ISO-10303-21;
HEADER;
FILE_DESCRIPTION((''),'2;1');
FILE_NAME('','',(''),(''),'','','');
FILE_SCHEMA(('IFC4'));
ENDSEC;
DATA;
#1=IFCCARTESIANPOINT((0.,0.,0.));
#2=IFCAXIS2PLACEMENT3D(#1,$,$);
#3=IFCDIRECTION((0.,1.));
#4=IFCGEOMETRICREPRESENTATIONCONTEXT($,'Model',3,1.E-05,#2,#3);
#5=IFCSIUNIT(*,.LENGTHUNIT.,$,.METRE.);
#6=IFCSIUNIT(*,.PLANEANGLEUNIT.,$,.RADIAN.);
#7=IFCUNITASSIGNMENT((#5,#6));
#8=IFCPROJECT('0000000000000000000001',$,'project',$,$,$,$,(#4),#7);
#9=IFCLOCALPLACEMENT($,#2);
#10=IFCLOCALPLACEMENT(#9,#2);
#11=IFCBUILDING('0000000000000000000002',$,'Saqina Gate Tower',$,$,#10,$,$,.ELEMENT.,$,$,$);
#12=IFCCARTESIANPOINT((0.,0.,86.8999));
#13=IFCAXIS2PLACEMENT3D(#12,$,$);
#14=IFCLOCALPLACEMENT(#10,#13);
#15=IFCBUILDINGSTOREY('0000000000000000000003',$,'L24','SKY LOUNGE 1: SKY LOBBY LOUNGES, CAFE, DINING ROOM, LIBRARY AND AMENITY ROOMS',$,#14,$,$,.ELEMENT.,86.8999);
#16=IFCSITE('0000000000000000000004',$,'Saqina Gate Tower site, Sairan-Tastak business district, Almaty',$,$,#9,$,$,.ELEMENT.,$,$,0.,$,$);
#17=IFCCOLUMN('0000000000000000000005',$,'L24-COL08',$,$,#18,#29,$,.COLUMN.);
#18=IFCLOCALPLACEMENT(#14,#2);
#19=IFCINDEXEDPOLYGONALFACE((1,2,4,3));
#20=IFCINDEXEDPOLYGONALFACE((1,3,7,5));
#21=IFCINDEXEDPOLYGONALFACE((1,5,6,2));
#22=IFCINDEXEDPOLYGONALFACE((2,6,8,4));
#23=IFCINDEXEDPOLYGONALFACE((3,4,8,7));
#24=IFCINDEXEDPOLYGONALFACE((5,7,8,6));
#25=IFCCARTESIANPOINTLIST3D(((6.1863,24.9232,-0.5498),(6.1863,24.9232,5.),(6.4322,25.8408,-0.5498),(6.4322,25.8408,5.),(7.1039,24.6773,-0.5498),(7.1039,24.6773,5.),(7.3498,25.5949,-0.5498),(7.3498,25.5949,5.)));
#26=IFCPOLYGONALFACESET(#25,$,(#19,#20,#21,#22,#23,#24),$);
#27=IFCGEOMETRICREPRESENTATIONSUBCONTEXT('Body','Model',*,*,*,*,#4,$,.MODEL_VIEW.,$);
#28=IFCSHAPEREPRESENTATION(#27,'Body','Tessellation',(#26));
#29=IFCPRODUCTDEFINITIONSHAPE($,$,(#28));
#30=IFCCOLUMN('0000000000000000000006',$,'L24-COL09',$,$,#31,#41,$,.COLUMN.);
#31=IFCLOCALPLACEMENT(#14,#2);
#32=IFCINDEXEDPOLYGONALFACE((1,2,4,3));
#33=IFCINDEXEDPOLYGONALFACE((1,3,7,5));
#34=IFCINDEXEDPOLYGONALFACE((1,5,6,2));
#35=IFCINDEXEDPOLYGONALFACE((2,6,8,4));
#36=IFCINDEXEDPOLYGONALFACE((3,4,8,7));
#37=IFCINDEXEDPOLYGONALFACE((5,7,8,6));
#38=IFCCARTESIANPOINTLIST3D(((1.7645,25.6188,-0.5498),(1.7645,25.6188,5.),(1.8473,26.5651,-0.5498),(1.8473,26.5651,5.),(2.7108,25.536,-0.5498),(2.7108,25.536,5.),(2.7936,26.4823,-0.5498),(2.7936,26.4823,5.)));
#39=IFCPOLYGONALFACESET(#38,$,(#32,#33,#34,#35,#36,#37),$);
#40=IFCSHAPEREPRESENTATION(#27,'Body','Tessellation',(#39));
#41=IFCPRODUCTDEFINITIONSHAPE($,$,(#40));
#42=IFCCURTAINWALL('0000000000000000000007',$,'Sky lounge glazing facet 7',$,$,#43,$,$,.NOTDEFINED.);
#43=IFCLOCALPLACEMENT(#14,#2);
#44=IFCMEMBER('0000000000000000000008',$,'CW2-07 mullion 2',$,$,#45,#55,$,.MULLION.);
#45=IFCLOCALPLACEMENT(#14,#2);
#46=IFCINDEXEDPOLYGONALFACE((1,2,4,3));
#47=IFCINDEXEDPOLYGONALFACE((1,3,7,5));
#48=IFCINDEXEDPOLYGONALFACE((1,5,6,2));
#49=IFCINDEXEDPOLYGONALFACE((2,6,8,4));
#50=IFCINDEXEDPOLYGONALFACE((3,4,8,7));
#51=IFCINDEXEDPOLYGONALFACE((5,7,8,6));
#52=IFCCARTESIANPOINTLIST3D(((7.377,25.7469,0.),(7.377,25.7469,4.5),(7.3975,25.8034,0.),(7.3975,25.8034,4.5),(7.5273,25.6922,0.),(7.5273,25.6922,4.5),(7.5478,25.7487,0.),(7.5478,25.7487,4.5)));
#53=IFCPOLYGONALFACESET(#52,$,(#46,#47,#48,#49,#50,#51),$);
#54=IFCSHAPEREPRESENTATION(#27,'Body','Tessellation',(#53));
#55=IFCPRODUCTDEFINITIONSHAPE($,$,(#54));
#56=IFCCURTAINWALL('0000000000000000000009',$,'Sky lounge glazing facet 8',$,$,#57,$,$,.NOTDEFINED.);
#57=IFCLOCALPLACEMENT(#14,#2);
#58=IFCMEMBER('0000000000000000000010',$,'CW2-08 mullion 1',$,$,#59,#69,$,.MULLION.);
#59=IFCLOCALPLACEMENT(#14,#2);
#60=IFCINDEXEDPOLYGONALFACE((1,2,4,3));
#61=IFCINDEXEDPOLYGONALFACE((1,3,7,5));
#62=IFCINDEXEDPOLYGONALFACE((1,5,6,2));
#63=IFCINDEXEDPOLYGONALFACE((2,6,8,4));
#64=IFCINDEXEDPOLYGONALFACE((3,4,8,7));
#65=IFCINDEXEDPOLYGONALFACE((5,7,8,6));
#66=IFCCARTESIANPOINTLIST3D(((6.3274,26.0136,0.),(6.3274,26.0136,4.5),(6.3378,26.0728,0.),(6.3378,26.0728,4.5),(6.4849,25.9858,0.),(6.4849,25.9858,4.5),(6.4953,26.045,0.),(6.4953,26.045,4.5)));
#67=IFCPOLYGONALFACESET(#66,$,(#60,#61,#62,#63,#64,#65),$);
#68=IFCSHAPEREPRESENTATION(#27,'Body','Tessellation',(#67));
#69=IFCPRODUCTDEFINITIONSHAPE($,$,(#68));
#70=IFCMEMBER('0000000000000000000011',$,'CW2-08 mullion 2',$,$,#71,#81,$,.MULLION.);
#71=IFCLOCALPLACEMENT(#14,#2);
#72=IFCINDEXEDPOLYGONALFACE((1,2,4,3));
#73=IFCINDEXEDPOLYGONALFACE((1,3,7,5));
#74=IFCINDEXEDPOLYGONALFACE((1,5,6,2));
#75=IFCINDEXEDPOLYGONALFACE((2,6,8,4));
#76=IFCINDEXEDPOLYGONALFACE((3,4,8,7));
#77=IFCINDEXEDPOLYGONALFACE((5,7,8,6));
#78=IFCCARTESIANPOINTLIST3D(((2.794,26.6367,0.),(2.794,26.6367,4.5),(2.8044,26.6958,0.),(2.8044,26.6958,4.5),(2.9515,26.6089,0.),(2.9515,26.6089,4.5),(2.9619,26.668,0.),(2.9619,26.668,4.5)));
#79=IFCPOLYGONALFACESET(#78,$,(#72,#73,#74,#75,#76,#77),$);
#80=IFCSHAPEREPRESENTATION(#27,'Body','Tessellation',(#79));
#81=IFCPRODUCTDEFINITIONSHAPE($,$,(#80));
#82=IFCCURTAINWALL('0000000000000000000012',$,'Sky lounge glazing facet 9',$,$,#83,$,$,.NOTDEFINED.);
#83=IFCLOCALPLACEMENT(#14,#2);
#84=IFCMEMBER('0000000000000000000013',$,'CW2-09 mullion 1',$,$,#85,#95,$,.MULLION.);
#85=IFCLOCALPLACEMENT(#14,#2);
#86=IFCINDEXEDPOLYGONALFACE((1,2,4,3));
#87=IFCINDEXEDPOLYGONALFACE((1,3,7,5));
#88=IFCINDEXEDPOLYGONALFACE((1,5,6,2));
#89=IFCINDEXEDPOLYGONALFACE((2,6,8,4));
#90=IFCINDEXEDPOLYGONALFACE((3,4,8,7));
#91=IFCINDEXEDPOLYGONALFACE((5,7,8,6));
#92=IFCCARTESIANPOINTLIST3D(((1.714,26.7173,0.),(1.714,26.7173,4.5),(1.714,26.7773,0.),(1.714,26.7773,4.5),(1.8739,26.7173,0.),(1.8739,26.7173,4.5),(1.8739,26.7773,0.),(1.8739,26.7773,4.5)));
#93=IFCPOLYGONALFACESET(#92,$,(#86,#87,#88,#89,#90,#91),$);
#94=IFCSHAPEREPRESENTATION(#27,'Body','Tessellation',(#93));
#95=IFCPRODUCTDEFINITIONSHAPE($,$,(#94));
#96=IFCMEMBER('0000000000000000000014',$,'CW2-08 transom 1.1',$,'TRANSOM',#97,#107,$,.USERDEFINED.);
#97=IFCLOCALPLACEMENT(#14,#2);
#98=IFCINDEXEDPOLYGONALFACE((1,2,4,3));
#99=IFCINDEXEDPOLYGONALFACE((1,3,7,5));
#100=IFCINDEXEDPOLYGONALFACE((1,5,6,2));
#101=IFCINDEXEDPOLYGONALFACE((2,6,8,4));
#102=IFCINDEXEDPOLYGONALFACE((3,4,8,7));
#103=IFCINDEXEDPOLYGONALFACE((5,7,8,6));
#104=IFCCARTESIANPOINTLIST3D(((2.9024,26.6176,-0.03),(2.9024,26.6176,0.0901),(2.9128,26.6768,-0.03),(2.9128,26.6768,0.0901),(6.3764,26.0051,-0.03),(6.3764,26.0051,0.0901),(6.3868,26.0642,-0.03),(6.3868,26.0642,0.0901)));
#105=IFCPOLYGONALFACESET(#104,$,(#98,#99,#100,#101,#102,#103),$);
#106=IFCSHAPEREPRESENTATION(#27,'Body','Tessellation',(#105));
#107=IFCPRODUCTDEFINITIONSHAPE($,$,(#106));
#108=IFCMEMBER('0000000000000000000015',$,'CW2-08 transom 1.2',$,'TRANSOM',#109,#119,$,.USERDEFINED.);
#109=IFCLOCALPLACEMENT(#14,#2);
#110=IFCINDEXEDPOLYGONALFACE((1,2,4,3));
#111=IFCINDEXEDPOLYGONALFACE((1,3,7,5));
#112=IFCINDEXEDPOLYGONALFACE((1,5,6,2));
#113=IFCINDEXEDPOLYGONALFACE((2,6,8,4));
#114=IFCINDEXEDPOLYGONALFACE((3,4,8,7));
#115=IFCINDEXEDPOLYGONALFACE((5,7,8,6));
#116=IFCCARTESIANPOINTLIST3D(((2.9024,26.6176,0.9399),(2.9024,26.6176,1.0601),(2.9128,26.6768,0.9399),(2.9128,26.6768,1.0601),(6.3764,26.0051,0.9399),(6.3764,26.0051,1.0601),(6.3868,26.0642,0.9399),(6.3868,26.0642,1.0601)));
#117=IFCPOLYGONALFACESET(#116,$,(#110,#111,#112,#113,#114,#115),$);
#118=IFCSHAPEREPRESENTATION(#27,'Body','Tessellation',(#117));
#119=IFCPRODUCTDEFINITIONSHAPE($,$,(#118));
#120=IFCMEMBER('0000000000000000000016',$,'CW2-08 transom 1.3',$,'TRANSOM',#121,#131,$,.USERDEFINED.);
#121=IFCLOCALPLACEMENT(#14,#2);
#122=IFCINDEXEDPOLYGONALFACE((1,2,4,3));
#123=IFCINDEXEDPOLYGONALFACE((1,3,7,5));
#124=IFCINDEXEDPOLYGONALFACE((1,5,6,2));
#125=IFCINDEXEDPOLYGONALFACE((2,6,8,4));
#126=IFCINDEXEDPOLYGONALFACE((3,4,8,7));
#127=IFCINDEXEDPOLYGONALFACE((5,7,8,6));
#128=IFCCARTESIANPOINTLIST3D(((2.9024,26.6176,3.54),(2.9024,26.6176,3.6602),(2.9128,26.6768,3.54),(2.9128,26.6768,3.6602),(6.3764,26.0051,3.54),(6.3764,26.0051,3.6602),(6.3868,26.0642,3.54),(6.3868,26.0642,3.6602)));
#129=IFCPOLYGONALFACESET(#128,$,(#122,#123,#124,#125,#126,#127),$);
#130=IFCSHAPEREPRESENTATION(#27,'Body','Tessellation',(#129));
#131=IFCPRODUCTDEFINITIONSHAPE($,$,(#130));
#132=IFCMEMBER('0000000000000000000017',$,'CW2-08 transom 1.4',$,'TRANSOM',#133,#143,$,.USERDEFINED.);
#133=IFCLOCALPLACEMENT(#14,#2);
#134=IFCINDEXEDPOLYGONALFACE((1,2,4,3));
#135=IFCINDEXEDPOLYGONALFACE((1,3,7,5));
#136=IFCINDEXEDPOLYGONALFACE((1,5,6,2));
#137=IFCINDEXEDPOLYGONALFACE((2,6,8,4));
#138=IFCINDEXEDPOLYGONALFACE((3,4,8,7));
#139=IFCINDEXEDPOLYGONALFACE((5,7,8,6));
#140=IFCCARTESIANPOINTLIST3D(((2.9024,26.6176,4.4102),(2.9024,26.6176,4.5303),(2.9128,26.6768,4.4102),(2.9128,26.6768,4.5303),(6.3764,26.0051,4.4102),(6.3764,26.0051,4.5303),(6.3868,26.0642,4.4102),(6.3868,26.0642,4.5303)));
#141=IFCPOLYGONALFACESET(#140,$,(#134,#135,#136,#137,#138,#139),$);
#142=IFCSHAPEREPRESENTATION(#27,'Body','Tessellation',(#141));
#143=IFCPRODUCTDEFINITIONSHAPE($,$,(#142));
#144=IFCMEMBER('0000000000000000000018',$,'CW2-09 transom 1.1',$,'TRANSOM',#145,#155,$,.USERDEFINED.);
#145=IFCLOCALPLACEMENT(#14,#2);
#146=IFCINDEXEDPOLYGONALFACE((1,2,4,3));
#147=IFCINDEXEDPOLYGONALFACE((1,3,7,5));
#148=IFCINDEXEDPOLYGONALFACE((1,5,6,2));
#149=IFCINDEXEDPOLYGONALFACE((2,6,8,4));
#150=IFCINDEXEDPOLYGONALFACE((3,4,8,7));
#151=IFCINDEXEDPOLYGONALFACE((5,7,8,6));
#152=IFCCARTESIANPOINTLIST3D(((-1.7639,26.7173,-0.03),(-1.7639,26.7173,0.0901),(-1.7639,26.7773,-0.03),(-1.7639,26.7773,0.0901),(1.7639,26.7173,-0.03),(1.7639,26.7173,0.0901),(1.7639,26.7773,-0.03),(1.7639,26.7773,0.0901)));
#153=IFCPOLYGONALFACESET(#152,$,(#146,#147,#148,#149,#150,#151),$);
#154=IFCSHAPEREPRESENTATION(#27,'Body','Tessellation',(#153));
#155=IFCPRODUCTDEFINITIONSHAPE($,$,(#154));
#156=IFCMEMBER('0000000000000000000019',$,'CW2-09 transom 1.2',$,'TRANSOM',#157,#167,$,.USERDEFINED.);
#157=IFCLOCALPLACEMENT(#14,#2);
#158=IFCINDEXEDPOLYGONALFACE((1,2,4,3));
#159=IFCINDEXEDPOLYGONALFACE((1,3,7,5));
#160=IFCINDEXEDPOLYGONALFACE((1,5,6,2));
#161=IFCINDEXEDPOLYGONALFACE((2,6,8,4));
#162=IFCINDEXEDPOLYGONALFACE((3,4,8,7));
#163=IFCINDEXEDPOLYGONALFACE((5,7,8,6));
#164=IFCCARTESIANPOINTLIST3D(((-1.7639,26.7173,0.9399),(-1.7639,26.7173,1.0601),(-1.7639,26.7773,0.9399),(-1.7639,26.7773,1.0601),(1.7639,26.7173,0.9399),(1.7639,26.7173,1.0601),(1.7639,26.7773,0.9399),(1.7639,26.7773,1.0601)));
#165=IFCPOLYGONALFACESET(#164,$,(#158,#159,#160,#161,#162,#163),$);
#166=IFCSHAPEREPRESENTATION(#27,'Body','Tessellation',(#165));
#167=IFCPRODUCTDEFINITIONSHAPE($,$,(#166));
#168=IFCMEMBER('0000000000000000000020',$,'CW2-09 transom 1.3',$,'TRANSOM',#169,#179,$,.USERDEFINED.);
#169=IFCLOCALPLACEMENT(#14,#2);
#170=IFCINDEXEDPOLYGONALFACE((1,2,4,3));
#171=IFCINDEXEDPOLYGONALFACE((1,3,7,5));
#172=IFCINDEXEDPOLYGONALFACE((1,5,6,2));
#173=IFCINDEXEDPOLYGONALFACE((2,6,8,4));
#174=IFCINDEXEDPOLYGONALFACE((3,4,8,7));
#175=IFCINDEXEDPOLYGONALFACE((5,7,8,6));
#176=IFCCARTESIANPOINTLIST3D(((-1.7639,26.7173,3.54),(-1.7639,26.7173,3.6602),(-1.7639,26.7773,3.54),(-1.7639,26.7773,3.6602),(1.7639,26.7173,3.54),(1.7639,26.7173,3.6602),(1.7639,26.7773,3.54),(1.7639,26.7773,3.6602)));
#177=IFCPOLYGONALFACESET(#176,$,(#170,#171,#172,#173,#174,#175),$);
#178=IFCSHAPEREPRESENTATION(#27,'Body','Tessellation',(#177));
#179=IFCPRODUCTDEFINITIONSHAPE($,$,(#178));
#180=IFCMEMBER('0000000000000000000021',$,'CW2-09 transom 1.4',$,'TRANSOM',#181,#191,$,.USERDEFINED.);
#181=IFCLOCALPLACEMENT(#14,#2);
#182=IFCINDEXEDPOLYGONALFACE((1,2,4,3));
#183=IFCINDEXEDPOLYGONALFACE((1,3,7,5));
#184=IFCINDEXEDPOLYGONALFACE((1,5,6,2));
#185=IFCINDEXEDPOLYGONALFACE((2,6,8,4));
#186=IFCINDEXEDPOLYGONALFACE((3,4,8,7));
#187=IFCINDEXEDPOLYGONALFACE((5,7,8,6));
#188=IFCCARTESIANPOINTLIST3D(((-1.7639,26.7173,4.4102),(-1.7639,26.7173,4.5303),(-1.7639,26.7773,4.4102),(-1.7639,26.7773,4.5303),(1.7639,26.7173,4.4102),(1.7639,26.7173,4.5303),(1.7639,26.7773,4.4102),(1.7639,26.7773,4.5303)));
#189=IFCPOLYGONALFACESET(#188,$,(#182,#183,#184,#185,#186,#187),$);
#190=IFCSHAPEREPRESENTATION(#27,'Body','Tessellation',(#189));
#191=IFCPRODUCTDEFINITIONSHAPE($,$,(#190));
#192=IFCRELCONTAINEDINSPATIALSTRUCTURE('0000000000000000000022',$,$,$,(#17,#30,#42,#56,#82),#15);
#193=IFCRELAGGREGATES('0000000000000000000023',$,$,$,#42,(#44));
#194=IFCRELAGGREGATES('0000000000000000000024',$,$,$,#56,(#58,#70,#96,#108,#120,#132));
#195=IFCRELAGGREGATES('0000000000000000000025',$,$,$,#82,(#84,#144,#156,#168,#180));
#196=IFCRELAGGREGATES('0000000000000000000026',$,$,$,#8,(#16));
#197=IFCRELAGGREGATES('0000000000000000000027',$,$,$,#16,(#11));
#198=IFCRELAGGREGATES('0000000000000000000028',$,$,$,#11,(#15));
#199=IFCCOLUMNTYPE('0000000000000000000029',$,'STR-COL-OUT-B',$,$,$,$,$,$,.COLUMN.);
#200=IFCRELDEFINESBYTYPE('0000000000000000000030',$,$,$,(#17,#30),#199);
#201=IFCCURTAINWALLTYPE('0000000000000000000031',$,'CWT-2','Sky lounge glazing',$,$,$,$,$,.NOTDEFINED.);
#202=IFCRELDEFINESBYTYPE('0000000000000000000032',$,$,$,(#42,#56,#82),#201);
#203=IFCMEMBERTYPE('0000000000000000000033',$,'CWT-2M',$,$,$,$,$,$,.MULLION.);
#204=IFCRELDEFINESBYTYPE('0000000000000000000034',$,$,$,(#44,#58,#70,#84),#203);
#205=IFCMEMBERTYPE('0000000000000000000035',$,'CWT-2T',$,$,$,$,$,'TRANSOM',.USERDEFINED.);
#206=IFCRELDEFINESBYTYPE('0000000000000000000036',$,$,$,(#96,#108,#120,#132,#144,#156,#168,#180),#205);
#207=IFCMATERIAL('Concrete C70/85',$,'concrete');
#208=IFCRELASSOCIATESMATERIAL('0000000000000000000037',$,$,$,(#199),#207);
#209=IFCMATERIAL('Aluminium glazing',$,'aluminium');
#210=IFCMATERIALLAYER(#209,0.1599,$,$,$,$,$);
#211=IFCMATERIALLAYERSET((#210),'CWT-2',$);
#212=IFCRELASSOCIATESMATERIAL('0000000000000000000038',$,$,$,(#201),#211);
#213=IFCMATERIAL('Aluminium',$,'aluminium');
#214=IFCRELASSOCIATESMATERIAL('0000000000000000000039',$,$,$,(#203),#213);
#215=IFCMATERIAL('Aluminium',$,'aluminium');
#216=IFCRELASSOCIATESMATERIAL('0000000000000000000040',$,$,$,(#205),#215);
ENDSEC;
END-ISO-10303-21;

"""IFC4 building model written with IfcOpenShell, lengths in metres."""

from ifc_helpers import new_model, si_unit, direction, frame, origin, origin_2d, place, context, subcontext, project, spatial, rectangle, extrude, material, layer, layer_set, material_profile, profile_set, type_object, element, aggregate, save


model = new_model("IFC4")

# Units and contexts
model_context = context("Model", 3, precision=1e-05, world=origin(), true_north=direction((0.0, 1.0)))
body_context = subcontext(model_context, "Body", "Model", "MODEL_VIEW")
ifc_project = project(units=[si_unit("LENGTHUNIT", "METRE"), si_unit("PLANEANGLEUNIT", "RADIAN")], contexts=[model_context])

# Site, building, storey
site_placement = place(None, origin())
site = spatial("IfcSite", under=ifc_project, at=site_placement, Name="Saqina Gate Tower site, Sairan-Tastak business district, Almaty", CompositionType="ELEMENT", RefElevation=0.0)
building_placement = place(site_placement, origin())
building = spatial("IfcBuilding", under=site, at=building_placement, Name="Saqina Gate Tower", CompositionType="ELEMENT")
storey_placement = place(building_placement, frame((0.0, 0.0, 86.8999)))
storey = spatial("IfcBuildingStorey", under=building, at=storey_placement, Name="L24", Description="SKY LOUNGE 1: SKY LOBBY LOUNGES, CAFE, DINING ROOM, LIBRARY AND AMENITY ROOMS", CompositionType="ELEMENT", Elevation=86.8999)

# Columns
ifc_material_1 = material(Name="Concrete C70/85", Category="concrete")
ifc_material_profile_1 = material_profile(ifc_material_1, rectangle(XDim=0.95, YDim=0.95, at=origin_2d()), Name="RC 950x950")
ifc_profile_set_1 = profile_set([ifc_material_profile_1], Name="Concrete C70/85")
column_type = type_object("IfcColumnType", Name="STR-COL-OUT-B", PredefinedType="COLUMN", material=ifc_profile_set_1)
for number, where, z_axis, x_axis, name in (
    (1, (6.7681, 25.259, -0.5498), (0.0, 0.0, 1.0), (0.258819, 0.965926, 0.0), "L24-COL08"),
    (2, (2.2791, 26.0505, -0.5498), (0.0, 0.0, 1.0), (0.087156, 0.996195, 0.0), "L24-COL09"),
):
    element("IfcColumn", number, at=place(storey_placement, frame(where, z_axis=z_axis, x_axis=x_axis)), inside=storey, type_object=column_type, Name=name, PredefinedType="COLUMN", context=body_context, shape_type="SweptSolid", body=[
        extrude(rectangle(XDim=0.95, YDim=0.95, at=origin_2d()), origin(), (0.0, 0.0, 1.0), 5.5498),
    ])

# Curtain wall, member
ifc_material_2 = material(Name="Aluminium glazing", Category="aluminium")
ifc_layer_1 = layer(ifc_material_2, 0.1599)
ifc_layer_set_1 = layer_set([ifc_layer_1], Name="CWT-2")
curtain_wall_type = type_object("IfcCurtainWallType", Name="CWT-2", Description="Sky lounge glazing", PredefinedType="NOTDEFINED", material=ifc_layer_set_1)
curtain_wall_1_placement = place(storey_placement, origin())
curtain_wall_1 = element("IfcCurtainWall", 3, at=curtain_wall_1_placement, inside=storey, type_object=curtain_wall_type, Name="Sky lounge glazing facet 7", PredefinedType="NOTDEFINED")
ifc_material_3 = material(Name="Aluminium", Category="aluminium")
ifc_material_profile_2 = material_profile(ifc_material_3, rectangle(XDim=0.0601, YDim=0.1599, at=origin_2d()), Name="Aluminium 60x160")
ifc_profile_set_2 = profile_set([ifc_material_profile_2], Name="Aluminium")
member_type_1 = type_object("IfcMemberType", Name="CWT-2M", PredefinedType="MULLION", material=ifc_profile_set_2)
member_1_placement = place(storey_placement, frame((7.4624, 25.7478, 0.0), z_axis=(0.0, 0.0, 1.0), x_axis=(-0.342016, -0.939694, 0.0)))
member_1 = element("IfcMember", 4, at=member_1_placement, type_object=member_type_1, Name="CW2-07 mullion 2", PredefinedType="MULLION", context=body_context, shape_type="SweptSolid", body=[
    extrude(rectangle(XDim=0.0601, YDim=0.1599, at=origin_2d()), origin(), (0.0, 0.0, 1.0), 4.5),
])

# Curtain wall, members
curtain_wall_2_placement = place(storey_placement, origin())
curtain_wall_2 = element("IfcCurtainWall", 5, at=curtain_wall_2_placement, inside=storey, type_object=curtain_wall_type, Name="Sky lounge glazing facet 8", PredefinedType="NOTDEFINED")
member_2_placement = place(storey_placement, frame((6.4114, 26.0293, 0.0), z_axis=(0.0, 0.0, 1.0), x_axis=(-0.173638, -0.984809, 0.0)))
member_2 = element("IfcMember", 6, at=member_2_placement, type_object=member_type_1, Name="CW2-08 mullion 1", PredefinedType="MULLION", context=body_context, shape_type="SweptSolid", body=[
    extrude(rectangle(XDim=0.0601, YDim=0.1599, at=origin_2d()), origin(), (0.0, 0.0, 1.0), 4.5),
])
member_3_placement = place(storey_placement, frame((2.8779, 26.6523, 0.0), z_axis=(0.0, 0.0, 1.0), x_axis=(-0.173638, -0.984809, 0.0)))
member_3 = element("IfcMember", 7, at=member_3_placement, type_object=member_type_1, Name="CW2-08 mullion 2", PredefinedType="MULLION", context=body_context, shape_type="SweptSolid", body=[
    extrude(rectangle(XDim=0.0601, YDim=0.1599, at=origin_2d()), origin(), (0.0, 0.0, 1.0), 4.5),
])

# Curtain wall, member
curtain_wall_3_placement = place(storey_placement, origin())
curtain_wall_3 = element("IfcCurtainWall", 8, at=curtain_wall_3_placement, inside=storey, type_object=curtain_wall_type, Name="Sky lounge glazing facet 9", PredefinedType="NOTDEFINED")
member_4_placement = place(storey_placement, frame((1.7939, 26.7473, 0.0), z_axis=(0.0, 0.0, 1.0), x_axis=(0.0, -1.0, 0.0)))
member_4 = element("IfcMember", 9, at=member_4_placement, type_object=member_type_1, Name="CW2-09 mullion 1", PredefinedType="MULLION", context=body_context, shape_type="SweptSolid", body=[
    extrude(rectangle(XDim=0.0601, YDim=0.1599, at=origin_2d()), origin(), (0.0, 0.0, 1.0), 4.5),
])

# Members
ifc_material_4 = material(Name="Aluminium", Category="aluminium")
ifc_material_profile_3 = material_profile(ifc_material_4, rectangle(XDim=0.0601, YDim=0.1201, at=origin_2d()), Name="Aluminium 60x120")
ifc_profile_set_3 = profile_set([ifc_material_profile_3], Name="Aluminium")
member_type_2 = type_object("IfcMemberType", Name="CWT-2T", ElementType="TRANSOM", PredefinedType="USERDEFINED", material=ifc_profile_set_3)
member_5_placement = place(storey_placement, frame((6.3816, 26.0347, 0.03), z_axis=(-0.984809, 0.173639, 0.0), x_axis=(-0.173639, -0.984809, 0.0)))
member_5 = element("IfcMember", 10, at=member_5_placement, type_object=member_type_2, Name="CW2-08 transom 1.1", ObjectType="TRANSOM", PredefinedType="USERDEFINED", context=body_context, shape_type="SweptSolid", body=[
    extrude(rectangle(XDim=0.0601, YDim=0.1201, at=origin_2d()), origin(), (0.0, 0.0, 1.0), 3.5276),
])
member_6_placement = place(storey_placement, frame((6.3816, 26.0347, 1.0), z_axis=(-0.984809, 0.173639, 0.0), x_axis=(-0.173639, -0.984809, 0.0)))
member_6 = element("IfcMember", 11, at=member_6_placement, type_object=member_type_2, Name="CW2-08 transom 1.2", ObjectType="TRANSOM", PredefinedType="USERDEFINED", context=body_context, shape_type="SweptSolid", body=[
    extrude(rectangle(XDim=0.0601, YDim=0.1201, at=origin_2d()), origin(), (0.0, 0.0, 1.0), 3.5276),
])
member_7_placement = place(storey_placement, frame((6.3816, 26.0347, 3.6001), z_axis=(-0.984809, 0.173639, 0.0), x_axis=(-0.173639, -0.984809, 0.0)))
member_7 = element("IfcMember", 12, at=member_7_placement, type_object=member_type_2, Name="CW2-08 transom 1.3", ObjectType="TRANSOM", PredefinedType="USERDEFINED", context=body_context, shape_type="SweptSolid", body=[
    extrude(rectangle(XDim=0.0601, YDim=0.1201, at=origin_2d()), origin(), (0.0, 0.0, 1.0), 3.5276),
])
member_8_placement = place(storey_placement, frame((6.3816, 26.0347, 4.4702), z_axis=(-0.984809, 0.173639, 0.0), x_axis=(-0.173639, -0.984809, 0.0)))
member_8 = element("IfcMember", 13, at=member_8_placement, type_object=member_type_2, Name="CW2-08 transom 1.4", ObjectType="TRANSOM", PredefinedType="USERDEFINED", context=body_context, shape_type="SweptSolid", body=[
    extrude(rectangle(XDim=0.0601, YDim=0.1201, at=origin_2d()), origin(), (0.0, 0.0, 1.0), 3.5276),
])
member_9_placement = place(storey_placement, frame((1.7639, 26.7473, 0.03), z_axis=(-1.0, 0.0, 0.0), x_axis=(0.0, -1.0, 0.0)))
member_9 = element("IfcMember", 14, at=member_9_placement, type_object=member_type_2, Name="CW2-09 transom 1.1", ObjectType="TRANSOM", PredefinedType="USERDEFINED", context=body_context, shape_type="SweptSolid", body=[
    extrude(rectangle(XDim=0.0601, YDim=0.1201, at=origin_2d()), origin(), (0.0, 0.0, 1.0), 3.5278),
])
member_10_placement = place(storey_placement, frame((1.7639, 26.7473, 1.0), z_axis=(-1.0, 0.0, 0.0), x_axis=(0.0, -1.0, 0.0)))
member_10 = element("IfcMember", 15, at=member_10_placement, type_object=member_type_2, Name="CW2-09 transom 1.2", ObjectType="TRANSOM", PredefinedType="USERDEFINED", context=body_context, shape_type="SweptSolid", body=[
    extrude(rectangle(XDim=0.0601, YDim=0.1201, at=origin_2d()), origin(), (0.0, 0.0, 1.0), 3.5278),
])
member_11_placement = place(storey_placement, frame((1.7639, 26.7473, 3.6001), z_axis=(-1.0, 0.0, 0.0), x_axis=(0.0, -1.0, 0.0)))
member_11 = element("IfcMember", 16, at=member_11_placement, type_object=member_type_2, Name="CW2-09 transom 1.3", ObjectType="TRANSOM", PredefinedType="USERDEFINED", context=body_context, shape_type="SweptSolid", body=[
    extrude(rectangle(XDim=0.0601, YDim=0.1201, at=origin_2d()), origin(), (0.0, 0.0, 1.0), 3.5278),
])
member_12_placement = place(storey_placement, frame((1.7639, 26.7473, 4.4702), z_axis=(-1.0, 0.0, 0.0), x_axis=(0.0, -1.0, 0.0)))
member_12 = element("IfcMember", 17, at=member_12_placement, type_object=member_type_2, Name="CW2-09 transom 1.4", ObjectType="TRANSOM", PredefinedType="USERDEFINED", context=body_context, shape_type="SweptSolid", body=[
    extrude(rectangle(XDim=0.0601, YDim=0.1201, at=origin_2d()), origin(), (0.0, 0.0, 1.0), 3.5278),
])

aggregate(curtain_wall_1, [member_1])
aggregate(curtain_wall_2, [member_2, member_3, member_5, member_6, member_7, member_8])
aggregate(curtain_wall_3, [member_4, member_9, member_10, member_11, member_12])

save(model, "model.ifc")
